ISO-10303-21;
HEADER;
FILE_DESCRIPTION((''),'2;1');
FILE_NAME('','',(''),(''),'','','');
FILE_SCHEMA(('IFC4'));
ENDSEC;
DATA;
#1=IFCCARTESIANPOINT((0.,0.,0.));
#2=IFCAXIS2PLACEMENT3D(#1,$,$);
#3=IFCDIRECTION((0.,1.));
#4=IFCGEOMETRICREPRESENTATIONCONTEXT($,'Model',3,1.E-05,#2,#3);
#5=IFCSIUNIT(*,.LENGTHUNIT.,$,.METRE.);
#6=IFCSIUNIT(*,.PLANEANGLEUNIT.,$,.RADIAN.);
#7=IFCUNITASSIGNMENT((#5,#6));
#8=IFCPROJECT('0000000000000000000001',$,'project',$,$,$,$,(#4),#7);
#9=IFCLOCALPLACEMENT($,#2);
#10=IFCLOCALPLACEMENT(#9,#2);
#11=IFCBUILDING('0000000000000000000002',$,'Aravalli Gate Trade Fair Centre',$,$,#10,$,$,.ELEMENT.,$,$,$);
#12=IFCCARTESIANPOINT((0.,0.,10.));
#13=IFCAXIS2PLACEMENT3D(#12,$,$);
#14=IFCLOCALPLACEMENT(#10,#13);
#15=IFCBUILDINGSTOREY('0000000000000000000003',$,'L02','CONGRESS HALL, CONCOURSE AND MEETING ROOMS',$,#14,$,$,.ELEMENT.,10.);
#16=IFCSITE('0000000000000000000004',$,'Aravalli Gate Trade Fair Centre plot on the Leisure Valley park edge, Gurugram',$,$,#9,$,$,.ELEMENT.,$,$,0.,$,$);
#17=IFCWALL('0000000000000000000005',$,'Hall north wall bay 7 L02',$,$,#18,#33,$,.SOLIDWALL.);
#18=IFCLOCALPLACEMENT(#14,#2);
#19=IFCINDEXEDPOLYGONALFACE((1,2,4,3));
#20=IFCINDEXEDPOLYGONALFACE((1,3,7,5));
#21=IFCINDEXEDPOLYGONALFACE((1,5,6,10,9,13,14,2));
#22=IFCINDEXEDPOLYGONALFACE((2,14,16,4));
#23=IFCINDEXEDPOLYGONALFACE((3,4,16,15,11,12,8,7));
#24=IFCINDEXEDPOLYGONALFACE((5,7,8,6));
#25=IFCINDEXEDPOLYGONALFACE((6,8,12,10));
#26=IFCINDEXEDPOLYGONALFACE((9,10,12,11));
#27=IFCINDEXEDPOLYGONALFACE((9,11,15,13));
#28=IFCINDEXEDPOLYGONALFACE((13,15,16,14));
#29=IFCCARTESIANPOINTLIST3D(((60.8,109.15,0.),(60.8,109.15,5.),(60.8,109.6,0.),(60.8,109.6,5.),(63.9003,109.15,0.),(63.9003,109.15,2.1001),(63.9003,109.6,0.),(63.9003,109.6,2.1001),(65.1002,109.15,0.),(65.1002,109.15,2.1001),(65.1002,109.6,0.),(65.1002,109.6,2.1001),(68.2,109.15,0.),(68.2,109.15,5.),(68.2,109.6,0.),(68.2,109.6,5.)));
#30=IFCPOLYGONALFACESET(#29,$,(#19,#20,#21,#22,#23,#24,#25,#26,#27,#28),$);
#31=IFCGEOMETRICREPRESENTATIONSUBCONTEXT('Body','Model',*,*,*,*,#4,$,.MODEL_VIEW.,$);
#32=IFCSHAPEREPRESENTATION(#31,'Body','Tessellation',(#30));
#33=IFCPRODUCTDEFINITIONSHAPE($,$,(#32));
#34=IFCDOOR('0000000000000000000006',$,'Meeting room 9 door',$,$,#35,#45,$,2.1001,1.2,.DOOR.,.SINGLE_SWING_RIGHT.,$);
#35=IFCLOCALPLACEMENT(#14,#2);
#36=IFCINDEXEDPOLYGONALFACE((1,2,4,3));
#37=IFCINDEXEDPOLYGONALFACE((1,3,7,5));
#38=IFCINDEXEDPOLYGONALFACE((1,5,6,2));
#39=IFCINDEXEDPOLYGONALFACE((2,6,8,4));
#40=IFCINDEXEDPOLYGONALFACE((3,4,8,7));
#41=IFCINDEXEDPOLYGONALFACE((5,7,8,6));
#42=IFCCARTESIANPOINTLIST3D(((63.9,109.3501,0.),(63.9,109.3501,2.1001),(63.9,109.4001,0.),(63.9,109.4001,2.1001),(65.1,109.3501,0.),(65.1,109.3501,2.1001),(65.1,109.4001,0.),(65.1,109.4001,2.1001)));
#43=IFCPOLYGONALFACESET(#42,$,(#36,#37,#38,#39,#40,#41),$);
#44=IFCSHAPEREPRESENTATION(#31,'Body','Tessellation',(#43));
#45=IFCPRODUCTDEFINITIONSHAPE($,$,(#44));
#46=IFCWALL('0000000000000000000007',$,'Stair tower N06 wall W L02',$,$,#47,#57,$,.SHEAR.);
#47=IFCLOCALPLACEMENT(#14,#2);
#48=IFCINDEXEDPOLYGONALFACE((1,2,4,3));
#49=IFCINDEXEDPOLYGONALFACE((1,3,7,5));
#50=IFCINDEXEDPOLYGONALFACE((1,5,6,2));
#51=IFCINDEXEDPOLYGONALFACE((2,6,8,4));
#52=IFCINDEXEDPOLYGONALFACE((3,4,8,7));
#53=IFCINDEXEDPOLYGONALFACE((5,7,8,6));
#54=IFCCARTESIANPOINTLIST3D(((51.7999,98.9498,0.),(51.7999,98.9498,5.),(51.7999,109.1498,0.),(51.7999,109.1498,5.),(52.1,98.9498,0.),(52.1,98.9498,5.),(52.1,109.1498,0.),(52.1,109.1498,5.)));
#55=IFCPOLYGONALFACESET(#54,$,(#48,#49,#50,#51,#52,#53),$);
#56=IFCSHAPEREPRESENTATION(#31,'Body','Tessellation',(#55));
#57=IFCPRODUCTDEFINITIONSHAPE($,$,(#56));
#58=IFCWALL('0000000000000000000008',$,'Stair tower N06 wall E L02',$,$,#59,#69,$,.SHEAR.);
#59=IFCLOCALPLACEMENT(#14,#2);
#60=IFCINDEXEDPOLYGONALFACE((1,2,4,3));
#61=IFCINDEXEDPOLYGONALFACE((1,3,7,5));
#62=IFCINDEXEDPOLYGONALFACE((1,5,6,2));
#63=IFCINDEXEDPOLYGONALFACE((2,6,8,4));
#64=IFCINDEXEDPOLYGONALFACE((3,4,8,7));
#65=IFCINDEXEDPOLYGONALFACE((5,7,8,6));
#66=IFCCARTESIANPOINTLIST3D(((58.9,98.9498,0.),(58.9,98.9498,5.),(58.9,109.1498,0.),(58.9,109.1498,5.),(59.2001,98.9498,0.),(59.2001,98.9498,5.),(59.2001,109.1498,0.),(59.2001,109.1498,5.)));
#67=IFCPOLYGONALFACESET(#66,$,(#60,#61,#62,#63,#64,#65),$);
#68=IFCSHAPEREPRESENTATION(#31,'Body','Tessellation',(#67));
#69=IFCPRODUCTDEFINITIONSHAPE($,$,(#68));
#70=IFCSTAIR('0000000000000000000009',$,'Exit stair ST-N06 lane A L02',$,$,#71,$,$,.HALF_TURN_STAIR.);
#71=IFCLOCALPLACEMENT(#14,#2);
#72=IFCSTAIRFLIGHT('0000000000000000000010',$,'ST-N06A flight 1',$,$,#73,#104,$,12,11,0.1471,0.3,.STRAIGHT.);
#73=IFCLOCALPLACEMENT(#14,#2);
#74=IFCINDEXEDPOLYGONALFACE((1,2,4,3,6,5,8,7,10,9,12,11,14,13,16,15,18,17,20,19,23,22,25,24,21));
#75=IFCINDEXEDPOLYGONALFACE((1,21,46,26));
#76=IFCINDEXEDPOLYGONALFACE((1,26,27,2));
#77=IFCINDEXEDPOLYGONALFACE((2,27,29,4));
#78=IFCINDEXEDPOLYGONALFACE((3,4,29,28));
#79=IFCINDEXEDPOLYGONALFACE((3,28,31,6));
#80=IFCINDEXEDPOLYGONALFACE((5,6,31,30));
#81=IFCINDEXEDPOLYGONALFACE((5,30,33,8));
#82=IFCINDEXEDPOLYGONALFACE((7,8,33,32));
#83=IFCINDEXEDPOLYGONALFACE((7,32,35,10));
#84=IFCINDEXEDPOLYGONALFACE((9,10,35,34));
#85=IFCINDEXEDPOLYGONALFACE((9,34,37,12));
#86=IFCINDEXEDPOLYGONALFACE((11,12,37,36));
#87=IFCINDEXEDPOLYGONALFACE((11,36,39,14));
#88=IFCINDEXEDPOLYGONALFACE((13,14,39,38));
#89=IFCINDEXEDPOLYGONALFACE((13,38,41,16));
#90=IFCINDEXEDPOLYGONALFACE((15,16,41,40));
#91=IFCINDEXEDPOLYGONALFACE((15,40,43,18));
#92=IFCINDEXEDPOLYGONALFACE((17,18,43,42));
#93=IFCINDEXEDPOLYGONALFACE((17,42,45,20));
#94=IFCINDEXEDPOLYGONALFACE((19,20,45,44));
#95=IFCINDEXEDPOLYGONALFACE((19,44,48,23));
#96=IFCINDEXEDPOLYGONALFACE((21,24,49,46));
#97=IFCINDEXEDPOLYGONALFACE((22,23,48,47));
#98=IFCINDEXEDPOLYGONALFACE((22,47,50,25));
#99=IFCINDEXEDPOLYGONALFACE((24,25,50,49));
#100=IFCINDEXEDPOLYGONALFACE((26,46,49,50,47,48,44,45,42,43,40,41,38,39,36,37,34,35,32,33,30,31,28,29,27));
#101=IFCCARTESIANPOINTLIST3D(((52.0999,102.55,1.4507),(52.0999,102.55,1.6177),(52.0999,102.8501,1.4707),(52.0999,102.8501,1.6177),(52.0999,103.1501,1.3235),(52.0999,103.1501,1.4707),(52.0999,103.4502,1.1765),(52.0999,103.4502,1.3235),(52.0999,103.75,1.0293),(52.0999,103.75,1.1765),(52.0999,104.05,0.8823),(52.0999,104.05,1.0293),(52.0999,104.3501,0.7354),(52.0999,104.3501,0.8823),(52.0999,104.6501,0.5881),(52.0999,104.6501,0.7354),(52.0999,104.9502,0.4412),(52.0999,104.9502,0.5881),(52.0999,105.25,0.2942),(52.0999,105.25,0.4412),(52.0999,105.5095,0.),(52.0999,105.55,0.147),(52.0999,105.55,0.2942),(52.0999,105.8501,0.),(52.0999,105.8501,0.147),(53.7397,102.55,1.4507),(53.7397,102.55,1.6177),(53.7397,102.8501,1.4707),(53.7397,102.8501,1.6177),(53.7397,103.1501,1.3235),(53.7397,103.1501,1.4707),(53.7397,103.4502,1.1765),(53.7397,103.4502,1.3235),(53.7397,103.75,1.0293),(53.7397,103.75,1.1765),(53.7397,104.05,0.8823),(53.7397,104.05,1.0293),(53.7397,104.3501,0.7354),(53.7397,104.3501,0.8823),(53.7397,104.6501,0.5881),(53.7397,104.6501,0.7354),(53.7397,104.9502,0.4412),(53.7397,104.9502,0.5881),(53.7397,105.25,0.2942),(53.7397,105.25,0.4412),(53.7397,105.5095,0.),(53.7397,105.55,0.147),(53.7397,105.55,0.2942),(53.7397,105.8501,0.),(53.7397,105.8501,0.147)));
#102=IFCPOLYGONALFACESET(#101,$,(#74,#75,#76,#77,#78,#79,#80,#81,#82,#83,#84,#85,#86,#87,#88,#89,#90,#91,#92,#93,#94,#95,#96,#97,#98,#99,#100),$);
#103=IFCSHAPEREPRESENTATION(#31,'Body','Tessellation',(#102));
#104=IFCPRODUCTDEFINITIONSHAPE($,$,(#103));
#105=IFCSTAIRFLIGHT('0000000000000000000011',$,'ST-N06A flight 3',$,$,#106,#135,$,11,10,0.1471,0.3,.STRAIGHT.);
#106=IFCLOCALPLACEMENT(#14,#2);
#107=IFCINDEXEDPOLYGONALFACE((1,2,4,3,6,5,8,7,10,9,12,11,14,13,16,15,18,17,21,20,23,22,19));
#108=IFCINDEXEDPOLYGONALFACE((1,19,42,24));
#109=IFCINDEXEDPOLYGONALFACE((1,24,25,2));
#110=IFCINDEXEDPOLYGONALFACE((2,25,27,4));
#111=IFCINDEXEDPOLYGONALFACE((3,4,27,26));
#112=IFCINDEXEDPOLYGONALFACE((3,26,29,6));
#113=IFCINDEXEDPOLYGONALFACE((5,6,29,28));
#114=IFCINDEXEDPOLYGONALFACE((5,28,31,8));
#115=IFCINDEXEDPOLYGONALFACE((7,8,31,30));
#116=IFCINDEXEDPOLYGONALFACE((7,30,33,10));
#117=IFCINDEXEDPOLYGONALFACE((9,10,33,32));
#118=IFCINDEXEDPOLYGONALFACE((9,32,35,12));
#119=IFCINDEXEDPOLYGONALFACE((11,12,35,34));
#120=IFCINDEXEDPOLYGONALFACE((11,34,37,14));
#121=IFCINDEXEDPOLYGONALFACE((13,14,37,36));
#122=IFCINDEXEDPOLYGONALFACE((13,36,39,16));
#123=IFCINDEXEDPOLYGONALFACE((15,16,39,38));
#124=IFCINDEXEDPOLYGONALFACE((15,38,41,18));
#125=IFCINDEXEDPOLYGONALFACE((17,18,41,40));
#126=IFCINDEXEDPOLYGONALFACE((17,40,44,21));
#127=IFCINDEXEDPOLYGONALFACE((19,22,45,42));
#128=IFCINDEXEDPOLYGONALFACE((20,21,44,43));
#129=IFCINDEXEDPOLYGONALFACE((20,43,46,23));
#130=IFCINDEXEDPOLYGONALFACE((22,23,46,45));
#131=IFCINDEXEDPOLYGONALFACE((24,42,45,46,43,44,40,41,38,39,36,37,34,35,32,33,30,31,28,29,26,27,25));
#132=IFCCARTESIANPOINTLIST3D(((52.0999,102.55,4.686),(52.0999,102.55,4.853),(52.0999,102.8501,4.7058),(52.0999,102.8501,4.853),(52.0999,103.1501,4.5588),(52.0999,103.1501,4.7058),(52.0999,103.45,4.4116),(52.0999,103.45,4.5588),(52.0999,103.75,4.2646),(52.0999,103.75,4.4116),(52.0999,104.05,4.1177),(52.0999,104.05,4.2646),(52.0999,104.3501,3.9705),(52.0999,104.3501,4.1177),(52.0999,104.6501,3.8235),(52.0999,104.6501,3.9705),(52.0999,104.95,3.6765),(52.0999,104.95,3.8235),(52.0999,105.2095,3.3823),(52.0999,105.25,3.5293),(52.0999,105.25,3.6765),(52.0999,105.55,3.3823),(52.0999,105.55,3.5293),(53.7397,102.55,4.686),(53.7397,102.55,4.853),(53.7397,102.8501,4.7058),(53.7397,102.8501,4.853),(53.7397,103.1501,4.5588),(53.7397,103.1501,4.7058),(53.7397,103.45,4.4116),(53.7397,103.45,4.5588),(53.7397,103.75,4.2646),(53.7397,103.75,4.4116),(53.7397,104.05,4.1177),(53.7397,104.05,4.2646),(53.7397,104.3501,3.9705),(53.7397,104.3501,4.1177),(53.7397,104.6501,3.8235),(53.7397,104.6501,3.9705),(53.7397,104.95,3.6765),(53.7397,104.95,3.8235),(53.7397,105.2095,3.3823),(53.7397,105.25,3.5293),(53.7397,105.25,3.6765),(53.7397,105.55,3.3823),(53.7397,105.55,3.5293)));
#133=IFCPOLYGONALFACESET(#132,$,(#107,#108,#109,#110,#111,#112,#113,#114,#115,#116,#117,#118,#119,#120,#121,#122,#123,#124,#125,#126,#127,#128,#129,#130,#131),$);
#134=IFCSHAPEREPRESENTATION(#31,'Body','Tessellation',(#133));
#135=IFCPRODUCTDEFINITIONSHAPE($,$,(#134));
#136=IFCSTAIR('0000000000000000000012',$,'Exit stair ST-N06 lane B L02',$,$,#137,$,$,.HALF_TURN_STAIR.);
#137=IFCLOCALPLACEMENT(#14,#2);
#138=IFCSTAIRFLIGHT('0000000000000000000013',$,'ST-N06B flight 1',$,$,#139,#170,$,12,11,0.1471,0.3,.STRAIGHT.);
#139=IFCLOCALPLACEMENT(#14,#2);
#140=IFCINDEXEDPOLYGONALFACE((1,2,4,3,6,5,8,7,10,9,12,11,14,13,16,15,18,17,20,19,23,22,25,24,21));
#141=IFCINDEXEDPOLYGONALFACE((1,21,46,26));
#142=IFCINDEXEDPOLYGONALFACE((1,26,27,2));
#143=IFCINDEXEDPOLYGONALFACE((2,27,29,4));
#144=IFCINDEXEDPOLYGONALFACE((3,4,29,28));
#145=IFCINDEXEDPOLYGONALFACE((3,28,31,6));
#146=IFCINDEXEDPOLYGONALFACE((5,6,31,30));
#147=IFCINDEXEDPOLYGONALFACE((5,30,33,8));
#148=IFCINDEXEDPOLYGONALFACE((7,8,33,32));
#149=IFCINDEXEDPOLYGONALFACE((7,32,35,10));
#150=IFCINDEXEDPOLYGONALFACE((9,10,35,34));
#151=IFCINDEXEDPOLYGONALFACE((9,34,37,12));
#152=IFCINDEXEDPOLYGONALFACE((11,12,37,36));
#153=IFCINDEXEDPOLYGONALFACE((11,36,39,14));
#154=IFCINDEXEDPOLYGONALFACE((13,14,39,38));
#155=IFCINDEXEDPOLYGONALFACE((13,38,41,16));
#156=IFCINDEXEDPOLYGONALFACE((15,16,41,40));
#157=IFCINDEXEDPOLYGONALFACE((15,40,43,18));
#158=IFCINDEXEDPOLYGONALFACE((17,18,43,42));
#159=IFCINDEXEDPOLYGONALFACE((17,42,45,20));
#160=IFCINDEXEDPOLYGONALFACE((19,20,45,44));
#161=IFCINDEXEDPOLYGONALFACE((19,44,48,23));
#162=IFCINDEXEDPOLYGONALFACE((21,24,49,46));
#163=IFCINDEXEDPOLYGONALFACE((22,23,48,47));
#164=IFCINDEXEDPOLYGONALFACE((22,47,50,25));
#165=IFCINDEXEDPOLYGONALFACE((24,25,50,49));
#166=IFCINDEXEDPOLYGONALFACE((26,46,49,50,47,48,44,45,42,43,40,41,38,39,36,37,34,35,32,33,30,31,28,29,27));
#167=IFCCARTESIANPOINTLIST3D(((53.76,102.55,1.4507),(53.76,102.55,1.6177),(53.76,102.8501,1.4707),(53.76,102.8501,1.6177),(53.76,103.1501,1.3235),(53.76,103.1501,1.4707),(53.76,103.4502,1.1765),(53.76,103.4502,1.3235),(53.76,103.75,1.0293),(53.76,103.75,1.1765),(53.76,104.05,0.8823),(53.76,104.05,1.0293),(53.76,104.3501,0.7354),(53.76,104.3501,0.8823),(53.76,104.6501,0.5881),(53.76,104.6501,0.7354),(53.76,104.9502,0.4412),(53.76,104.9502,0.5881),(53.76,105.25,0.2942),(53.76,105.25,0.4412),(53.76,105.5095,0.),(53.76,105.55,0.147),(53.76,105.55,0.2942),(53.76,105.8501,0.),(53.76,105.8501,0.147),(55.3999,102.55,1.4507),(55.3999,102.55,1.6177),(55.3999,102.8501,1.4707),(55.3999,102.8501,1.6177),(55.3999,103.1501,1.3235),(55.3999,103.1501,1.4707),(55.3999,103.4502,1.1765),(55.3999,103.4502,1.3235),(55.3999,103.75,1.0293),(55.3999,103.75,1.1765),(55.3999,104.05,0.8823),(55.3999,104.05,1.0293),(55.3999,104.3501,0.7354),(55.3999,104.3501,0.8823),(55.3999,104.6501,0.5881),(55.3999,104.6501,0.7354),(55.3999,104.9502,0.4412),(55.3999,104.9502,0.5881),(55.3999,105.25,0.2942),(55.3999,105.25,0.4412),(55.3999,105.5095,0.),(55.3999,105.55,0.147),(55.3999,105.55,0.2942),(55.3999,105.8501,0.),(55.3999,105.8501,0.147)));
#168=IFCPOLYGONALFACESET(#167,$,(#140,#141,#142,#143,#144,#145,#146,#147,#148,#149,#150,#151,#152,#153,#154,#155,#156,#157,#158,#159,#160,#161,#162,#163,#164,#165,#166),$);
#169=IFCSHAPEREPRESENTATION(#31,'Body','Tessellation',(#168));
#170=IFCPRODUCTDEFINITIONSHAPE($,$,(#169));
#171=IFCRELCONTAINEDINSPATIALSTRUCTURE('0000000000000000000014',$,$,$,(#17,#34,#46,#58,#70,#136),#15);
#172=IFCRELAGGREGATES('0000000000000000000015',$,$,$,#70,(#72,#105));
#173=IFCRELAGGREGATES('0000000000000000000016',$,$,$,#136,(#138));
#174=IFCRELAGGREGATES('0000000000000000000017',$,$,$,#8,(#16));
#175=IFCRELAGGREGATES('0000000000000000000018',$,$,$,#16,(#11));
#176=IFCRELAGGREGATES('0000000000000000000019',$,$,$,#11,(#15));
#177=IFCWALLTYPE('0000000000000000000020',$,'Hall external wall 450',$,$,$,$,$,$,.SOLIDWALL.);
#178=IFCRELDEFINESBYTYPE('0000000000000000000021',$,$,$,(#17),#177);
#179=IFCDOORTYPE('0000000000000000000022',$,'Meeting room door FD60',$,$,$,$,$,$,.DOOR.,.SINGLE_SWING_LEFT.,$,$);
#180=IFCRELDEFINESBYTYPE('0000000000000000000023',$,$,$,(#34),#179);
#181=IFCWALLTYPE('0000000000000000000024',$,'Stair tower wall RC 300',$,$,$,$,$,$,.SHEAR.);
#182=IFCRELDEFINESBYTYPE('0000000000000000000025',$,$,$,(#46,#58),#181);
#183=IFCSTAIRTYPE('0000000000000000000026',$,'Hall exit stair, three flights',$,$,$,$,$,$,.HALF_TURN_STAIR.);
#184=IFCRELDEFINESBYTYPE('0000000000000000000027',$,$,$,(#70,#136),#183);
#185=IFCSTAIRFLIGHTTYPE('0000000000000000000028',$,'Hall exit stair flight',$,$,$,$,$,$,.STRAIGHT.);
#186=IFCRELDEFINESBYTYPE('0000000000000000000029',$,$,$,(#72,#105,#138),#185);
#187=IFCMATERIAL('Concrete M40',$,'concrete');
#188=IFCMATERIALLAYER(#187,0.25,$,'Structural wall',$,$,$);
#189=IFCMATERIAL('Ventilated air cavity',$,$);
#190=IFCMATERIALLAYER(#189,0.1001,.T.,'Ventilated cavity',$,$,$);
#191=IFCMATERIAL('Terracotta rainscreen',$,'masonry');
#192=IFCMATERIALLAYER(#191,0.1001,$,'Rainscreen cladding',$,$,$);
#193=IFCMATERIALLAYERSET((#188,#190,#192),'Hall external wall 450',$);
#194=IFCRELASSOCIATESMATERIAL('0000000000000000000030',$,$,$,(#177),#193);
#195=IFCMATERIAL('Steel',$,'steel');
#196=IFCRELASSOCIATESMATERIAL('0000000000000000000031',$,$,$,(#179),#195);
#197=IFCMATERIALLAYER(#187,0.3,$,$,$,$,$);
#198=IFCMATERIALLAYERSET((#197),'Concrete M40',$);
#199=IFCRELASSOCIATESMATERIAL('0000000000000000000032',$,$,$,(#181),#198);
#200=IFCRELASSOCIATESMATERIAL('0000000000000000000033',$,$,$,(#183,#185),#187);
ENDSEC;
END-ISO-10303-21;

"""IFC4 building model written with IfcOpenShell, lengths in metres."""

from ifc_helpers import new_model, si_unit, direction, frame, frame_2d, origin, place, context, subcontext, project, spatial, polyline, rectangle, outline, extrude, material, layer, layer_set, type_object, element, fill, aggregate, save


model = new_model("IFC4")

# Units and contexts
model_context = context("Model", 3, precision=1e-05, world=origin(), true_north=direction((0.0, 1.0)))
body_context = subcontext(model_context, "Body", "Model", "MODEL_VIEW")
ifc_project = project(units=[si_unit("LENGTHUNIT", "METRE"), si_unit("PLANEANGLEUNIT", "RADIAN")], contexts=[model_context])

# Site, building, storey
site_placement = place(None, origin())
site = spatial("IfcSite", under=ifc_project, at=site_placement, Name="Aravalli Gate Trade Fair Centre plot on the Leisure Valley park edge, Gurugram", CompositionType="ELEMENT", RefElevation=0.0)
building_placement = place(site_placement, origin())
building = spatial("IfcBuilding", under=site, at=building_placement, Name="Aravalli Gate Trade Fair Centre", CompositionType="ELEMENT")
storey_placement = place(building_placement, frame((0.0, 0.0, 10.0)))
storey = spatial("IfcBuildingStorey", under=building, at=storey_placement, Name="L02", Description="CONGRESS HALL, CONCOURSE AND MEETING ROOMS", CompositionType="ELEMENT", Elevation=10.0)

# Wall, opening, door
ifc_material_1 = material(Name="Concrete M40", Category="concrete")
ifc_layer_1 = layer(ifc_material_1, 0.25, Name="Structural wall")
ifc_material_2 = material(Name="Ventilated air cavity")
ifc_layer_2 = layer(ifc_material_2, 0.1001, ventilated=True, Name="Ventilated cavity")
ifc_material_3 = material(Name="Terracotta rainscreen", Category="masonry")
ifc_layer_3 = layer(ifc_material_3, 0.1001, Name="Rainscreen cladding")
ifc_layer_set_1 = layer_set([ifc_layer_1, ifc_layer_2, ifc_layer_3], Name="Hall external wall 450")
wall_type_1 = type_object("IfcWallType", Name="Hall external wall 450", PredefinedType="SOLIDWALL", material=ifc_layer_set_1)
ifc_material_4 = material(Name="Steel", Category="steel")
wall_1_placement = place(storey_placement, frame((60.8, 109.375, 0.0), z_axis=(0.0, 0.0, 1.0), x_axis=(1.0, 0.0, 0.0)))
wall_1 = element("IfcWall", 1, at=wall_1_placement, inside=storey, type_object=wall_type_1, Name="Hall north wall bay 7 L02", PredefinedType="SOLIDWALL", context=body_context, shape_type="SweptSolid", body=[
    extrude(rectangle(XDim=7.3999, YDim=0.45, at=frame_2d((3.7, 0.0))), origin(), (0.0, 0.0, 1.0), 5.0),
])
opening_1_placement = place(wall_1_placement, frame((3.1001, 0.0, 0.0)))
opening_1 = element("IfcOpeningElement", 2, at=opening_1_placement, cuts=wall_1, PredefinedType="OPENING", context=body_context, shape_type="SweptSolid", body=[
    extrude(rectangle(XDim=1.2, YDim=2.1001, at=frame_2d((0.6001, 1.05))), frame((0.0, 0.2349, 0.0), z_axis=(0.0, -1.0, 0.0), x_axis=(1.0, 0.0, 0.0)), (0.0, 0.0, 1.0), 0.47),
])
door_type_1 = type_object("IfcDoorType", Name="Meeting room door FD60", OperationType="SINGLE_SWING_LEFT", PredefinedType="DOOR", material=ifc_material_4)
door_1_placement = place(opening_1_placement, frame((1.2, 0.0, 0.0), z_axis=(0.0, 0.0, 1.0), x_axis=(-1.0, 0.0, 0.0)))
door_1 = element("IfcDoor", 3, at=door_1_placement, inside=storey, type_object=door_type_1, Name="Meeting room 9 door", OperationType="SINGLE_SWING_RIGHT", OverallHeight=2.1001, OverallWidth=1.2, PredefinedType="DOOR", context=body_context, shape_type="SweptSolid", body=[
    extrude(rectangle(XDim=1.2, YDim=2.1001, at=frame_2d((0.6001, 1.05))), frame((0.0, 0.0249, 0.0), z_axis=(0.0, -1.0, 0.0), x_axis=(1.0, 0.0, 0.0)), (0.0, 0.0, 1.0), 0.05),
])
fill(opening_1, door_1)

# Walls
ifc_layer_4 = layer(ifc_material_1, 0.3)
ifc_layer_set_2 = layer_set([ifc_layer_4], Name="Concrete M40")
wall_type_2 = type_object("IfcWallType", Name="Stair tower wall RC 300", PredefinedType="SHEAR", material=ifc_layer_set_2)
for number, where, z_axis, x_axis, name in (
    (4, (51.95, 109.1499, 0.0), (0.0, 0.0, 1.0), (0.0, -1.0, 0.0), "Stair tower N06 wall W L02"),
    (5, (59.05, 109.1499, 0.0), (0.0, 0.0, 1.0), (0.0, -1.0, 0.0), "Stair tower N06 wall E L02"),
):
    element("IfcWall", number, at=place(storey_placement, frame(where, z_axis=z_axis, x_axis=x_axis)), inside=storey, type_object=wall_type_2, Name=name, PredefinedType="SHEAR", context=body_context, shape_type="SweptSolid", body=[
        extrude(rectangle(XDim=10.2, YDim=0.3, at=frame_2d((5.1001, 0.0))), origin(), (0.0, 0.0, 1.0), 5.0),
    ])

# Stairs, stair flights
stair_type = type_object("IfcStairType", Name="Hall exit stair, three flights", PredefinedType="HALF_TURN_STAIR", material=ifc_material_1)
stair_1_placement = place(storey_placement, origin())
stair_1 = element("IfcStair", 6, at=stair_1_placement, inside=storey, type_object=stair_type, Name="Exit stair ST-N06 lane A L02", PredefinedType="HALF_TURN_STAIR")
stair_flight_type = type_object("IfcStairFlightType", Name="Hall exit stair flight", PredefinedType="STRAIGHT", material=ifc_material_1)
stair_flight_1_placement = place(storey_placement, frame((52.9199, 105.8501, 0.0), z_axis=(0.0, 0.0, 1.0), x_axis=(0.0, -1.0, 0.0)))
stair_flight_1 = element("IfcStairFlight", 7, at=stair_flight_1_placement, type_object=stair_flight_type, Name="ST-N06A flight 1", NumberOfRisers=12, NumberOfTreads=11, PredefinedType="STRAIGHT", RiserHeight=0.1471, TreadLength=0.3, context=body_context, shape_type="SweptSolid", body=[
    extrude(outline(polyline([(0.0, 0.0), (0.0, 0.147), (0.3, 0.147), (0.3, 0.2942), (0.6001, 0.2942), (0.6001, 0.4412), (0.8999, 0.4412), (0.8999, 0.5881), (1.2, 0.5881), (1.2, 0.7354), (1.5, 0.7354), (1.5, 0.8823), (1.8, 0.8823), (1.8, 1.0293), (2.1001, 1.0293), (2.1001, 1.1765), (2.3999, 1.1765), (2.3999, 1.3235), (2.7, 1.3235), (2.7, 1.4707), (3.0, 1.4707), (3.0, 1.6177), (3.3, 1.6177), (3.3, 1.7646), (3.3, 1.4507), (0.3406, 0.0), (0.0, 0.0)])), frame((0.0, 0.8198, 0.0), z_axis=(0.0, -1.0, 0.0), x_axis=(1.0, 0.0, 0.0)), (0.0, 0.0, 1.0), 1.6399),
])
stair_flight_2_placement = place(storey_placement, frame((52.9199, 105.55, 3.3823), z_axis=(0.0, 0.0, 1.0), x_axis=(0.0, -1.0, 0.0)))
stair_flight_2 = element("IfcStairFlight", 8, at=stair_flight_2_placement, type_object=stair_flight_type, Name="ST-N06A flight 3", NumberOfRisers=11, NumberOfTreads=10, PredefinedType="STRAIGHT", RiserHeight=0.1471, TreadLength=0.3, context=body_context, shape_type="SweptSolid", body=[
    extrude(outline(polyline([(0.0, 0.0), (0.0, 0.147), (0.3, 0.147), (0.3, 0.2942), (0.6001, 0.2942), (0.6001, 0.4412), (0.8999, 0.4412), (0.8999, 0.5881), (1.2, 0.5881), (1.2, 0.7354), (1.5, 0.7354), (1.5, 0.8823), (1.8, 0.8823), (1.8, 1.0293), (2.1001, 1.0293), (2.1001, 1.1765), (2.3999, 1.1765), (2.3999, 1.3235), (2.7, 1.3235), (2.7, 1.4707), (3.0, 1.4707), (3.0, 1.6177), (3.0, 1.3037), (0.3406, 0.0), (0.0, 0.0)])), frame((0.0, 0.8198, 0.0), z_axis=(0.0, -1.0, 0.0), x_axis=(1.0, 0.0, 0.0)), (0.0, 0.0, 1.0), 1.6399),
])
aggregate(stair_1, [stair_flight_1, stair_flight_2])
stair_2_placement = place(storey_placement, origin())
stair_2 = element("IfcStair", 9, at=stair_2_placement, inside=storey, type_object=stair_type, Name="Exit stair ST-N06 lane B L02", PredefinedType="HALF_TURN_STAIR")
stair_flight_3_placement = place(storey_placement, frame((54.5801, 105.8501, 0.0), z_axis=(0.0, 0.0, 1.0), x_axis=(0.0, -1.0, 0.0)))
stair_flight_3 = element("IfcStairFlight", 10, at=stair_flight_3_placement, type_object=stair_flight_type, Name="ST-N06B flight 1", NumberOfRisers=12, NumberOfTreads=11, PredefinedType="STRAIGHT", RiserHeight=0.1471, TreadLength=0.3, context=body_context, shape_type="SweptSolid", body=[
    extrude(outline(polyline([(0.0, 0.0), (0.0, 0.147), (0.3, 0.147), (0.3, 0.2942), (0.6001, 0.2942), (0.6001, 0.4412), (0.8999, 0.4412), (0.8999, 0.5881), (1.2, 0.5881), (1.2, 0.7354), (1.5, 0.7354), (1.5, 0.8823), (1.8, 0.8823), (1.8, 1.0293), (2.1001, 1.0293), (2.1001, 1.1765), (2.3999, 1.1765), (2.3999, 1.3235), (2.7, 1.3235), (2.7, 1.4707), (3.0, 1.4707), (3.0, 1.6177), (3.3, 1.6177), (3.3, 1.7646), (3.3, 1.4507), (0.3406, 0.0), (0.0, 0.0)])), frame((0.0, 0.8198, 0.0), z_axis=(0.0, -1.0, 0.0), x_axis=(1.0, 0.0, 0.0)), (0.0, 0.0, 1.0), 1.6399),
])
aggregate(stair_2, [stair_flight_3])

save(model, "model.ifc")
